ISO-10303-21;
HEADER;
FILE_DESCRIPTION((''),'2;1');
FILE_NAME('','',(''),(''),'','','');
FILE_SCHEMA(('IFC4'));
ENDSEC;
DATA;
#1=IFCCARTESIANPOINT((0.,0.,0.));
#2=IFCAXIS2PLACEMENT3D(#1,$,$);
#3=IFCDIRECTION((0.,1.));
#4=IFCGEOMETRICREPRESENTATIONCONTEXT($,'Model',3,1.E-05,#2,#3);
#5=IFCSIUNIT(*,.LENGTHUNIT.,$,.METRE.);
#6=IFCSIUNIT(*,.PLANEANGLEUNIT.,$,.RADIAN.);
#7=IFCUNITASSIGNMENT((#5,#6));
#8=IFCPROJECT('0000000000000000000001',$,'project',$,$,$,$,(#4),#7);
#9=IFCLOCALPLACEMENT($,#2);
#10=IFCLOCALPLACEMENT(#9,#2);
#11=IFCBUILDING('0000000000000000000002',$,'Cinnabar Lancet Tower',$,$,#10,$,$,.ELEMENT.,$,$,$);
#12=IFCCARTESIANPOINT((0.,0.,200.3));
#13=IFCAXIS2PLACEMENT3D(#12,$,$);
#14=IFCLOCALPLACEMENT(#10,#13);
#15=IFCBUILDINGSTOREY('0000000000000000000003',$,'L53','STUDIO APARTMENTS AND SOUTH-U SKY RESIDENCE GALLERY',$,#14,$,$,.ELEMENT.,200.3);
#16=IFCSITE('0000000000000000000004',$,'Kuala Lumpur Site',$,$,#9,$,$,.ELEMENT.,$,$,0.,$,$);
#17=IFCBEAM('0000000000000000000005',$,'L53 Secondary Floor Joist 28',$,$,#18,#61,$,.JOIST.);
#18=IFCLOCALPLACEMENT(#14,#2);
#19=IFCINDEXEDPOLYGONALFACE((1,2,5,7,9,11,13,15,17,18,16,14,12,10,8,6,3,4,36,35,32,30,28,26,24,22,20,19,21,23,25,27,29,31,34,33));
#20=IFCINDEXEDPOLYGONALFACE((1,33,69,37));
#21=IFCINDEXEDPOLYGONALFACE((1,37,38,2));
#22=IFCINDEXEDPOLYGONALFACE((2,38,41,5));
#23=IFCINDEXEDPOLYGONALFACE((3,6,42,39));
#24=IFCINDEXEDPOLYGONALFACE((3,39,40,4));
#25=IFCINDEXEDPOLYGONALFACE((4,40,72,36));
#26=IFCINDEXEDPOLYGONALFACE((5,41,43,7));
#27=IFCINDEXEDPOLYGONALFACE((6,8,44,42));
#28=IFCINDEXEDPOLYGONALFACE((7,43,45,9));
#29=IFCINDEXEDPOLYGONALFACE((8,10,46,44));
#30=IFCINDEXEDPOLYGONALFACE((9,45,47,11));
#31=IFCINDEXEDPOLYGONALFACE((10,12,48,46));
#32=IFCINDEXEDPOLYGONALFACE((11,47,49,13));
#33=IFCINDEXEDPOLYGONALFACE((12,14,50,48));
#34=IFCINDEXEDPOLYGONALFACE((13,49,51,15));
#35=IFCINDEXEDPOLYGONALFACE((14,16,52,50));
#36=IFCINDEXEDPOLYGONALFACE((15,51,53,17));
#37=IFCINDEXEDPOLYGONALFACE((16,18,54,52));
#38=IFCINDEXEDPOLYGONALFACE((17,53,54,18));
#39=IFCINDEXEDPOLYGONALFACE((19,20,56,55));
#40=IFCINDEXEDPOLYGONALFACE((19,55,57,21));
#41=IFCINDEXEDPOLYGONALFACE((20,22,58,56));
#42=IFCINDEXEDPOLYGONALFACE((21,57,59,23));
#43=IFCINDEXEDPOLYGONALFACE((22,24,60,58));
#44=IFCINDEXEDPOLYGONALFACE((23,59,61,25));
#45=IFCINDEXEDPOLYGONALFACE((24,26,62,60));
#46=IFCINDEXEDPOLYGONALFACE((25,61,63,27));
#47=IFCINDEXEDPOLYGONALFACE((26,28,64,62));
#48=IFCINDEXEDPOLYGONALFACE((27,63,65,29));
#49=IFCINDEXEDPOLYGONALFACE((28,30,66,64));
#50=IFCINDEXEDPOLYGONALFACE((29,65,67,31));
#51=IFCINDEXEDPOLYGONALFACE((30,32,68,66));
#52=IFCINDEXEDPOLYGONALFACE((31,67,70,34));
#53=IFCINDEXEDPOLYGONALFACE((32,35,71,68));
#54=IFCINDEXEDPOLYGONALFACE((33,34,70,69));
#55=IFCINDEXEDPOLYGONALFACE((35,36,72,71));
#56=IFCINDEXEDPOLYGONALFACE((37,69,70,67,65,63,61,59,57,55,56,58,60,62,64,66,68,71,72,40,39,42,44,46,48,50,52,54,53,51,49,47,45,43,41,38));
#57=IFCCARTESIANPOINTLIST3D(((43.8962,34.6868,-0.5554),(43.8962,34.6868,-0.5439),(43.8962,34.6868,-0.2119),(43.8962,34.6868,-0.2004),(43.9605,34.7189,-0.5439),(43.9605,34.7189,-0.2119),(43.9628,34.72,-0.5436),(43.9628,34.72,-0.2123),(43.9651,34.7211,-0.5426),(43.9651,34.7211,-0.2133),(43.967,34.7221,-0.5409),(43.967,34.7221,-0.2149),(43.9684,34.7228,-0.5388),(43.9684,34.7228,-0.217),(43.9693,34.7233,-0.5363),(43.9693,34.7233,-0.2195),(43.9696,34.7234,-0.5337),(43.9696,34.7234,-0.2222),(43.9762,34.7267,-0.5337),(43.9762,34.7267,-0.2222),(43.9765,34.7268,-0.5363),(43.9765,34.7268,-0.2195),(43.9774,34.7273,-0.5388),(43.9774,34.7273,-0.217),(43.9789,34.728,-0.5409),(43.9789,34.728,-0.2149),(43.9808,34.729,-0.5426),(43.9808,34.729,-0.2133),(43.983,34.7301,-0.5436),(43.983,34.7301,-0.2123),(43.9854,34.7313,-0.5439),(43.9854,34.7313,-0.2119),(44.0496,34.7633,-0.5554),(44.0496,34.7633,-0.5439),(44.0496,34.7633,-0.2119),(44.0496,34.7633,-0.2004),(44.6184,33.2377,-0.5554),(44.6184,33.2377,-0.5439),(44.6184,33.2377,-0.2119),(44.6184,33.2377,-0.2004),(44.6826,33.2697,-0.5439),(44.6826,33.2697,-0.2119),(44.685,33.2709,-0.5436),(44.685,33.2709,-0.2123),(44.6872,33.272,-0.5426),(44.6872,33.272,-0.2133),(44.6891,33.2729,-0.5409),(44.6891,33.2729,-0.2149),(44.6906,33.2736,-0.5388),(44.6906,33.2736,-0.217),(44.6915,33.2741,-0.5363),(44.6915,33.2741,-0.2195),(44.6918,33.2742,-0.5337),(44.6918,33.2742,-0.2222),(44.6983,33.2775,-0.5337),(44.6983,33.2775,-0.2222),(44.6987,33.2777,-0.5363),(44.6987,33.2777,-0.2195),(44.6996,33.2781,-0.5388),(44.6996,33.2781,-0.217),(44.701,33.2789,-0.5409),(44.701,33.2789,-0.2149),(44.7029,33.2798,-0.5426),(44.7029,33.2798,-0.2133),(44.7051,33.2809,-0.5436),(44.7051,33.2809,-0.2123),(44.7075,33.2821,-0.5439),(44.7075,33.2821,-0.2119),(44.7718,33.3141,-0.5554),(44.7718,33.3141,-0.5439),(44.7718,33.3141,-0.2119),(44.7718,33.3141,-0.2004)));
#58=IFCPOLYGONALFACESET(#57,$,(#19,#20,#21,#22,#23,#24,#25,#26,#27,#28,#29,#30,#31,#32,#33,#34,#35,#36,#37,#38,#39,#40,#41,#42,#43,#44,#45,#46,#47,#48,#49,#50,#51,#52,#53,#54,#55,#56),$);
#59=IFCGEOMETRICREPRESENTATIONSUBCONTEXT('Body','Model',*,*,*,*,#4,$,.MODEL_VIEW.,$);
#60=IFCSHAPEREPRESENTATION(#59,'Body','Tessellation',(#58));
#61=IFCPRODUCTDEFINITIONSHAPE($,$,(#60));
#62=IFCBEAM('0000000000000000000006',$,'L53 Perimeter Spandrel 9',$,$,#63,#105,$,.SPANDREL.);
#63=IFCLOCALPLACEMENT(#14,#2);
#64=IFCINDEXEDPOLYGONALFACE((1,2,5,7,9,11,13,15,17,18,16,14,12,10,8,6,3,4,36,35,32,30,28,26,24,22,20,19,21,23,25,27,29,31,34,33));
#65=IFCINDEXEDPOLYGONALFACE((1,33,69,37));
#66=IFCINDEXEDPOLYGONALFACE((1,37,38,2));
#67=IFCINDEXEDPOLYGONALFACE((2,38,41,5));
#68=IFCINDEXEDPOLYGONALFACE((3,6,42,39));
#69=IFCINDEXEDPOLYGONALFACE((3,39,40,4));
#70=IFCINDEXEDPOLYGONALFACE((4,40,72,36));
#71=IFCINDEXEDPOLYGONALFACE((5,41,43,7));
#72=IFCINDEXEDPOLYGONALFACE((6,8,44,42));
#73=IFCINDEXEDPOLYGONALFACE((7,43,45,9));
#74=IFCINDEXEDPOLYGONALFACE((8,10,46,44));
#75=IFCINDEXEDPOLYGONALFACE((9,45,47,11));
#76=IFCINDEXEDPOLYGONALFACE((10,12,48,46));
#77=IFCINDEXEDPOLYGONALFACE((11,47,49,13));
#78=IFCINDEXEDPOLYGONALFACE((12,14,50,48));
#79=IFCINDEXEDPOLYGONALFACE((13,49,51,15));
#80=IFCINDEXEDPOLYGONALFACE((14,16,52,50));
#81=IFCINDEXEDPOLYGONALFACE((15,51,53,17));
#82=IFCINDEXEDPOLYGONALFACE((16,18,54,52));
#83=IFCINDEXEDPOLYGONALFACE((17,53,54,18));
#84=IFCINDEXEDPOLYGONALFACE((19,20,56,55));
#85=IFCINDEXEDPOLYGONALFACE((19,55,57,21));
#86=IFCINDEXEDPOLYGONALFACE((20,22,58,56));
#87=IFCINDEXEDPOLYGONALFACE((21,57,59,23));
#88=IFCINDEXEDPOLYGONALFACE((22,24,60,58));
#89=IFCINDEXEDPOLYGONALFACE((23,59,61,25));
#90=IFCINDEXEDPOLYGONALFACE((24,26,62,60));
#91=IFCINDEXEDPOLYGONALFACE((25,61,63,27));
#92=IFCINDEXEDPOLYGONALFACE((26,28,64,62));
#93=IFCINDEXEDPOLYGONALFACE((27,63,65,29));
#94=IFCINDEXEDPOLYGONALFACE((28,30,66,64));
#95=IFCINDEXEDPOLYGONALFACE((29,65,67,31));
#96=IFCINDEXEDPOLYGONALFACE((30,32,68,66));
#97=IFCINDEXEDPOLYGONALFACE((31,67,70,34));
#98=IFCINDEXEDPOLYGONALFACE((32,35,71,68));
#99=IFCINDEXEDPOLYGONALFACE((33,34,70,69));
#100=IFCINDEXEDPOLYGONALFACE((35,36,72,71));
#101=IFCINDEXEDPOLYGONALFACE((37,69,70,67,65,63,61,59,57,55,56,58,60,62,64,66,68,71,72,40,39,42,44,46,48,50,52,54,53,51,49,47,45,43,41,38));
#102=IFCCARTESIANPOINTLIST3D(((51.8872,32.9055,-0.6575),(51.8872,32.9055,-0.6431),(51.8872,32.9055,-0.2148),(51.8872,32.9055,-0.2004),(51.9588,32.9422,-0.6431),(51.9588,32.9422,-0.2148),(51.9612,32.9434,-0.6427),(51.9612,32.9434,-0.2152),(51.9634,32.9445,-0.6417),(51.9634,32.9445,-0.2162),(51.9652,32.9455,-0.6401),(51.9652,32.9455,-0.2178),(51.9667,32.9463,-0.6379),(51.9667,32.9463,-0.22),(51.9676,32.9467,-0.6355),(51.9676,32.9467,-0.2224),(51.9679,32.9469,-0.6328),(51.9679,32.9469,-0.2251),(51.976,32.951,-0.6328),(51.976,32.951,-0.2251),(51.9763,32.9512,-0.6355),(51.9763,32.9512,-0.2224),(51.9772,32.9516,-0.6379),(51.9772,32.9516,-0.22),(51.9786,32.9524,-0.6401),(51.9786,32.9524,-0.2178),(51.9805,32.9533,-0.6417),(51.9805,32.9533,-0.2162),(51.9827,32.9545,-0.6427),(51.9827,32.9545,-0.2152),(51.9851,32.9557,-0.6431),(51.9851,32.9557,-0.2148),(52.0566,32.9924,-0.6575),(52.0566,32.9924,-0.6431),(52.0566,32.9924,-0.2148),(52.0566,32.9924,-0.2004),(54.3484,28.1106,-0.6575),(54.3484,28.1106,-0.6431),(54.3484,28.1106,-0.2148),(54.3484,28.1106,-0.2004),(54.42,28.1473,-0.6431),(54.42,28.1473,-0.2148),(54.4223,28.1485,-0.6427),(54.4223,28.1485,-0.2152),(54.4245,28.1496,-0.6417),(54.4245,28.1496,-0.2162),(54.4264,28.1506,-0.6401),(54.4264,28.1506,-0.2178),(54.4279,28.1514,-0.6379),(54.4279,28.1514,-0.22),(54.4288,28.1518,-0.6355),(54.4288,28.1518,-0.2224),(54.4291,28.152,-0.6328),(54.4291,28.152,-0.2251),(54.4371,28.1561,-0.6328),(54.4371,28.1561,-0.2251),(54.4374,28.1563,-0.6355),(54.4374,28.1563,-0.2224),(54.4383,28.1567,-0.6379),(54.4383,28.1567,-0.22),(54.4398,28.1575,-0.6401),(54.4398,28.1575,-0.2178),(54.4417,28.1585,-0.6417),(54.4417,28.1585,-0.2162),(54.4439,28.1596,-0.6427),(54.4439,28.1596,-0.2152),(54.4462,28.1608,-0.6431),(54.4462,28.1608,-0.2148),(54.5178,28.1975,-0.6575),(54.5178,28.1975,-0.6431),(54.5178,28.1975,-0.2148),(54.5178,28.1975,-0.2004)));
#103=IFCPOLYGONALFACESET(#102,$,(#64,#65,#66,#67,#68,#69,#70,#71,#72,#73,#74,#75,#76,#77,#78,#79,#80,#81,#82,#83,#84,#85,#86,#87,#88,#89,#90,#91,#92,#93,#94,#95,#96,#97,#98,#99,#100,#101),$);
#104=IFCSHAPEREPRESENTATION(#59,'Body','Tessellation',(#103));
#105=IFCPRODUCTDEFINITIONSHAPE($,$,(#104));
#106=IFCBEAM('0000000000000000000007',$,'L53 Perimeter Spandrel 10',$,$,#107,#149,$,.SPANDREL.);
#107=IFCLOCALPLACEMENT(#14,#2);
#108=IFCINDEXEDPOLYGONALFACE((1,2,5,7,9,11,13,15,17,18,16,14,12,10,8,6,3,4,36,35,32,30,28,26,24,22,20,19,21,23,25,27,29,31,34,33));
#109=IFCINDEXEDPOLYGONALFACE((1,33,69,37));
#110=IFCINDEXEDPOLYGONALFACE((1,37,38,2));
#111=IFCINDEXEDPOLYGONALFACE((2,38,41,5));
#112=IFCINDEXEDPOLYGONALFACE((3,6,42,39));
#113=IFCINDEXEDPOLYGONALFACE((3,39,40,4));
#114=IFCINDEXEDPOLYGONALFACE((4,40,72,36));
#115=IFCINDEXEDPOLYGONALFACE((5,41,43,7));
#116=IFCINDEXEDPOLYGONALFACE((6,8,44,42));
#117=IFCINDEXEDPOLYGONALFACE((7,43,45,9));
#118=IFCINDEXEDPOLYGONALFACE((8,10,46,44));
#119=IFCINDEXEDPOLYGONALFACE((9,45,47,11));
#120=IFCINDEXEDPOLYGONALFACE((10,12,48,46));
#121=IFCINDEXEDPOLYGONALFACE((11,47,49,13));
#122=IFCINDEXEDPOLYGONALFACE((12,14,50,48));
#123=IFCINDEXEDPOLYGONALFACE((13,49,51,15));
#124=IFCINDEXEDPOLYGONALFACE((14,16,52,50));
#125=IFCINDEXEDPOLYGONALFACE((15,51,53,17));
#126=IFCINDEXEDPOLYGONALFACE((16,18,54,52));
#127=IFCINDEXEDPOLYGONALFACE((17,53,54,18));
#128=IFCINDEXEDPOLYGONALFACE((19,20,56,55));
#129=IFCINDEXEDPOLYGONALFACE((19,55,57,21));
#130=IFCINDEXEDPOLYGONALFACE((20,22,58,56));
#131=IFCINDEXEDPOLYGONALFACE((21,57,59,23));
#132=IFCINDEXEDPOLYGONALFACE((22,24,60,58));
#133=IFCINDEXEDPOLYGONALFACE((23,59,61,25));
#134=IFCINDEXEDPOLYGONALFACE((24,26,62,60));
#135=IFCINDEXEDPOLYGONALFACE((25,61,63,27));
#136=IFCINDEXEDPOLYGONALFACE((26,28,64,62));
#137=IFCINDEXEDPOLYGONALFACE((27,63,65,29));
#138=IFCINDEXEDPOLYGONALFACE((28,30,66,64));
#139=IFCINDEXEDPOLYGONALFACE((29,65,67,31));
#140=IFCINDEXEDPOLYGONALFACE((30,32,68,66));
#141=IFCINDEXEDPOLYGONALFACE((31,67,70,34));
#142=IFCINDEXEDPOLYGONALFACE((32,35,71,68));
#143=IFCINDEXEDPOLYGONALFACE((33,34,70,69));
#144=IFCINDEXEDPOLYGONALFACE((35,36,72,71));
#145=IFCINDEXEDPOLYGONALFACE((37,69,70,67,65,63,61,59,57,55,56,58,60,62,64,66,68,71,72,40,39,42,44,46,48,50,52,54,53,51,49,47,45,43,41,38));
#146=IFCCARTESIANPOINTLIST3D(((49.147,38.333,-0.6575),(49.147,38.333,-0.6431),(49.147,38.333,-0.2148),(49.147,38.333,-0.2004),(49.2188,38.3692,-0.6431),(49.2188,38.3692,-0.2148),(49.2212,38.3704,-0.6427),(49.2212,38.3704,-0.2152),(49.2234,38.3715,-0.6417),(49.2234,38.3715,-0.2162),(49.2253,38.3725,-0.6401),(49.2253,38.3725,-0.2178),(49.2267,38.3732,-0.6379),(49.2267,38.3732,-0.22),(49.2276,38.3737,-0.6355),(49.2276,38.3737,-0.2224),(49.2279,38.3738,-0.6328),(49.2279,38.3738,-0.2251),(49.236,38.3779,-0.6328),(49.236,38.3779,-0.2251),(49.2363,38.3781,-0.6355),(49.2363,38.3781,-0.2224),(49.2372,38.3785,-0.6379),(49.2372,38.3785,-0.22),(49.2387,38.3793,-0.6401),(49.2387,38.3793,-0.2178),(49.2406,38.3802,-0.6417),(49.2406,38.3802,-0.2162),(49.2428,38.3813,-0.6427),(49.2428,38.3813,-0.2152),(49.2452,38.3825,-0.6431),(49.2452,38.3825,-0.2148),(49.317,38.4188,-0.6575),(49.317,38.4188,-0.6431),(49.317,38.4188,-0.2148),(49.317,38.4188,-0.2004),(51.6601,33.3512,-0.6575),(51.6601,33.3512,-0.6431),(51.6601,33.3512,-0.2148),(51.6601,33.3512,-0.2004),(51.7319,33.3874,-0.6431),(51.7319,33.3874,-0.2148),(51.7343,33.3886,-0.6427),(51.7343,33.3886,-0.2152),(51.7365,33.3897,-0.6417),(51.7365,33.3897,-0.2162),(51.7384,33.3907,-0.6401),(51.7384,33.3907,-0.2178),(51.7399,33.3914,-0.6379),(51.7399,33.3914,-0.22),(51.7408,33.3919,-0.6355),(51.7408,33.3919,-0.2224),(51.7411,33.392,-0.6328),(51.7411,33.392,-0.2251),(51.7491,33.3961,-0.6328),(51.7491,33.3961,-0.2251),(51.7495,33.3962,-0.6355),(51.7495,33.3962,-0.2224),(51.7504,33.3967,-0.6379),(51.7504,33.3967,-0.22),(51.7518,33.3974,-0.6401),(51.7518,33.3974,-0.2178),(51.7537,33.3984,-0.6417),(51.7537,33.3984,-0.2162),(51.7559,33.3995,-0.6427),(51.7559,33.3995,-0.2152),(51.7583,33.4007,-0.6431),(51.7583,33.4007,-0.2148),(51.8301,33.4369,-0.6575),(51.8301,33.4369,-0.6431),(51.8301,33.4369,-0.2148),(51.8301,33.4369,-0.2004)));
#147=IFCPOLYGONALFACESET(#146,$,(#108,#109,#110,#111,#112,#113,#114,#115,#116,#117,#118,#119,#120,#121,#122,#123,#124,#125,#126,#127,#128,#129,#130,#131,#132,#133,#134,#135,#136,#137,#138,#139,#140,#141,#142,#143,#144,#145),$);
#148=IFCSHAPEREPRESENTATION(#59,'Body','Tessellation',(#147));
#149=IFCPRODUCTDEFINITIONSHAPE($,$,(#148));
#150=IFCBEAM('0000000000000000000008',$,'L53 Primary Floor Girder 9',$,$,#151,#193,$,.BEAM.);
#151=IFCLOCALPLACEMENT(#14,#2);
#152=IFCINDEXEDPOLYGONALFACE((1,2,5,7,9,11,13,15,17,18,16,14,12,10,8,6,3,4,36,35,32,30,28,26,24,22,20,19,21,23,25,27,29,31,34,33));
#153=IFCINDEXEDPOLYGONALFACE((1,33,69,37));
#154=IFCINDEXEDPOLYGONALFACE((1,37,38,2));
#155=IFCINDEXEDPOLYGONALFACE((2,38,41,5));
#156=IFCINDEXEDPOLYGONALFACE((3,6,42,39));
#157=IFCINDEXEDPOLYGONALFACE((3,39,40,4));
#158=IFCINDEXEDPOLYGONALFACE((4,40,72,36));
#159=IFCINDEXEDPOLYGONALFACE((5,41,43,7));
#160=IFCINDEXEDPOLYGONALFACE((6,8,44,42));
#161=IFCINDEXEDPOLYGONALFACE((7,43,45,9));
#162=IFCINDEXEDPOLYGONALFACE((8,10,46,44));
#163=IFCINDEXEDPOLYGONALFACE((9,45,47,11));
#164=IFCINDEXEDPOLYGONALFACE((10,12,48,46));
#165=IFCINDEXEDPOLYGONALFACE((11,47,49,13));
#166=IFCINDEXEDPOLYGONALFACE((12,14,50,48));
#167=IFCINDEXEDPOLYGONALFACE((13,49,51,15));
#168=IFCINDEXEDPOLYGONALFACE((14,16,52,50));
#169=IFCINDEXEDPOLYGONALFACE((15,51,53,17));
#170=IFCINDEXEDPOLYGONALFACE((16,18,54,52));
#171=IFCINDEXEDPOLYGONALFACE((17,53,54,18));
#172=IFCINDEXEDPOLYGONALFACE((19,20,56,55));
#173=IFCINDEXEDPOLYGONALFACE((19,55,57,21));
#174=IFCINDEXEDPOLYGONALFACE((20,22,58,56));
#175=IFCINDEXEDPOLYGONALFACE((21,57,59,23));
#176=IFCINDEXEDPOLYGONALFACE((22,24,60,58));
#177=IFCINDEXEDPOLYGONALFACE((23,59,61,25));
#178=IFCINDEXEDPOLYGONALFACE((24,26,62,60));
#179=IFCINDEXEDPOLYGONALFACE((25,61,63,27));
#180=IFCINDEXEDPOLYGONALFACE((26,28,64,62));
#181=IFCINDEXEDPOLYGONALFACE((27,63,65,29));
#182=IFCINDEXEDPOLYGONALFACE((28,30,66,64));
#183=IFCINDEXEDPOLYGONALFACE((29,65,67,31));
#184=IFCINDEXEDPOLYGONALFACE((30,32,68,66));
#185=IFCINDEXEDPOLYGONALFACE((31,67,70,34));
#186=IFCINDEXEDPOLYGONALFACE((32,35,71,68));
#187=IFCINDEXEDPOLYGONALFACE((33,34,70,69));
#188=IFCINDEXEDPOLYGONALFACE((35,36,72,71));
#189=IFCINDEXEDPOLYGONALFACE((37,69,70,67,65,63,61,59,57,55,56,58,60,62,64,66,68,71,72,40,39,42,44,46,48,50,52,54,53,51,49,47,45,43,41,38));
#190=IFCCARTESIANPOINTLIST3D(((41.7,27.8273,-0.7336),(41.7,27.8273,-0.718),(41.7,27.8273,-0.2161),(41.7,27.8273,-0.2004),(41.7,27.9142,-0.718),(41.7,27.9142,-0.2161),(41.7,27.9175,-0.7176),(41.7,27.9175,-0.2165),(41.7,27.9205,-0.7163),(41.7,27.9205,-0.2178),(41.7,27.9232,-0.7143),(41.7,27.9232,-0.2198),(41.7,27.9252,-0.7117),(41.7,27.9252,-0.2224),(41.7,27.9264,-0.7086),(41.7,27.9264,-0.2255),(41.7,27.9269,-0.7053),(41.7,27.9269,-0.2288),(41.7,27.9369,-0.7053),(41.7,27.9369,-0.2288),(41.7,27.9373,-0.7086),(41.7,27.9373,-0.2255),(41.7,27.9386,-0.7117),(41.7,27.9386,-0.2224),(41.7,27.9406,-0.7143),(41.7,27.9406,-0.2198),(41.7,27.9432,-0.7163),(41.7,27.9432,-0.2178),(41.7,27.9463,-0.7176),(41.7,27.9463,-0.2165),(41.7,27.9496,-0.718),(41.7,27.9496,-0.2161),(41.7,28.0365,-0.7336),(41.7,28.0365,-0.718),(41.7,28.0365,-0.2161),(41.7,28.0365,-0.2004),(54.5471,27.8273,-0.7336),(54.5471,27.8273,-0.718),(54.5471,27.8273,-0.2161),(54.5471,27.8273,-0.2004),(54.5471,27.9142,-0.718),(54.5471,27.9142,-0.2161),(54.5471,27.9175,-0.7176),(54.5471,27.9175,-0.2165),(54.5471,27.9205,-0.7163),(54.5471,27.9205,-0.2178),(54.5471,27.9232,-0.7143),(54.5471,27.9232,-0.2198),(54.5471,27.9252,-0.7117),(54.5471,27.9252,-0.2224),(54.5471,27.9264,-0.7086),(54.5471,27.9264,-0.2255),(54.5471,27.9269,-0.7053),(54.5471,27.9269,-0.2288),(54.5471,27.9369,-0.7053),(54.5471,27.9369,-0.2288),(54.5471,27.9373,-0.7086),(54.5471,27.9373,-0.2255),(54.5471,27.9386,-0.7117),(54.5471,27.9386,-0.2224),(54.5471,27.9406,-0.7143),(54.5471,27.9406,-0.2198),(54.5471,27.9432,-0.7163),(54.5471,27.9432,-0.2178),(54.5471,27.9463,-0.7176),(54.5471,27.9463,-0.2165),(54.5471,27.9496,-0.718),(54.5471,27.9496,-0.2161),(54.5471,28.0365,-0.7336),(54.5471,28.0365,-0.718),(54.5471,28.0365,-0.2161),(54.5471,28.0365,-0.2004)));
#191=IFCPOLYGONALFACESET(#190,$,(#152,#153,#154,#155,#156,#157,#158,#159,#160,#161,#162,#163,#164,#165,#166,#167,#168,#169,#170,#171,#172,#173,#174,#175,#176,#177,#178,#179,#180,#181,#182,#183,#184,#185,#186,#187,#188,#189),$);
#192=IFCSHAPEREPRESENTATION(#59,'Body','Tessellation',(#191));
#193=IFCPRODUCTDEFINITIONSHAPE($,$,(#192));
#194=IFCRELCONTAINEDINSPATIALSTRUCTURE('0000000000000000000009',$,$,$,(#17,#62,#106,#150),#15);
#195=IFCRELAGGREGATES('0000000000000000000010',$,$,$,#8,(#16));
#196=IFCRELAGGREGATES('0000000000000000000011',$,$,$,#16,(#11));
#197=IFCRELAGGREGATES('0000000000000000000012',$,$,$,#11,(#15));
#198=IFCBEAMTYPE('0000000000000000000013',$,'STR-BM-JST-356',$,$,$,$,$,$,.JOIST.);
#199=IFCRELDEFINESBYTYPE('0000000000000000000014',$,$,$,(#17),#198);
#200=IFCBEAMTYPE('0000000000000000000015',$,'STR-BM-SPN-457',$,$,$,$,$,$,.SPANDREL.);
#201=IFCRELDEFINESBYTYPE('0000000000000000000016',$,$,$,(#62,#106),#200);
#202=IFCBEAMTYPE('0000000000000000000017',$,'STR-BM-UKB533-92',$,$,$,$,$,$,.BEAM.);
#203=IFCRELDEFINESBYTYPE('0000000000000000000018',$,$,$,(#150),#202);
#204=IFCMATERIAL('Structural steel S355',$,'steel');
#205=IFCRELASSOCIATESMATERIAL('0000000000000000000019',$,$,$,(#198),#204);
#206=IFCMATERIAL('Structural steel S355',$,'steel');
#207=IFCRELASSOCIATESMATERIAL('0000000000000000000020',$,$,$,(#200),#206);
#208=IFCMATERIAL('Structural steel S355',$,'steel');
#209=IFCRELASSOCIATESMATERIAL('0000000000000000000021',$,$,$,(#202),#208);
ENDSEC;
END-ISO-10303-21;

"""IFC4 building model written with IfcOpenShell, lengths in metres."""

from ifc_helpers import new_model, si_unit, direction, frame, origin, origin_2d, place, context, subcontext, project, spatial, i_section, extrude, material, material_profile, profile_set, type_object, element, save


model = new_model("IFC4")

# Units and contexts
model_context = context("Model", 3, precision=1e-05, world=origin(), true_north=direction((0.0, 1.0)))
body_context = subcontext(model_context, "Body", "Model", "MODEL_VIEW")
ifc_project = project(units=[si_unit("LENGTHUNIT", "METRE"), si_unit("PLANEANGLEUNIT", "RADIAN")], contexts=[model_context])

# Site, building, storey
site_placement = place(None, origin())
site = spatial("IfcSite", under=ifc_project, at=site_placement, Name="Kuala Lumpur Site", CompositionType="ELEMENT", RefElevation=0.0)
building_placement = place(site_placement, origin())
building = spatial("IfcBuilding", under=site, at=building_placement, Name="Cinnabar Lancet Tower", CompositionType="ELEMENT")
storey_placement = place(building_placement, frame((0.0, 0.0, 200.3)))
storey = spatial("IfcBuildingStorey", under=building, at=storey_placement, Name="L53", Description="STUDIO APARTMENTS AND SOUTH-U SKY RESIDENCE GALLERY", CompositionType="ELEMENT", Elevation=200.3)

# Beams
ifc_material_1 = material(Name="Structural steel S355", Category="steel")
ifc_material_profile_1 = material_profile(ifc_material_1, i_section(OverallWidth=0.1714, OverallDepth=0.355, WebThickness=0.0073, FlangeThickness=0.0115, FilletRadius=0.0103, at=origin_2d()), Name="UKB 356x171x51")
ifc_profile_set_1 = profile_set([ifc_material_profile_1], Name="Structural steel S355")
beam_type_1 = type_object("IfcBeamType", Name="STR-BM-JST-356", PredefinedType="JOIST", material=ifc_profile_set_1)
beam_1_placement = place(storey_placement, frame((44.6951, 33.2759, -0.3779), z_axis=(-0.446007, 0.895029, 0.0), x_axis=(-0.895029, -0.446007, 0.0)))
element("IfcBeam", 1, at=beam_1_placement, inside=storey, type_object=beam_type_1, Name="L53 Secondary Floor Joist 28", PredefinedType="JOIST", context=body_context, shape_type="SweptSolid", body=[
    extrude(i_section(OverallWidth=0.1714, OverallDepth=0.355, WebThickness=0.0073, FlangeThickness=0.0115, FilletRadius=0.0103, at=origin_2d()), origin(), (0.0, 0.0, 1.0), 1.6191),
])
ifc_material_2 = material(Name="Structural steel S355", Category="steel")
ifc_material_profile_2 = material_profile(ifc_material_2, i_section(OverallWidth=0.1904, OverallDepth=0.457, WebThickness=0.009, FlangeThickness=0.0144, FilletRadius=0.0103, at=origin_2d()), Name="UKB 457x191x74")
ifc_profile_set_2 = profile_set([ifc_material_profile_2], Name="Structural steel S355")
beam_type_2 = type_object("IfcBeamType", Name="STR-BM-SPN-457", PredefinedType="SPANDREL", material=ifc_profile_set_2)
beam_2_placement = place(storey_placement, frame((54.4331, 28.1541, -0.429), z_axis=(-0.456647, 0.889648, 0.0), x_axis=(-0.889648, -0.456647, 0.0)))
element("IfcBeam", 2, at=beam_2_placement, inside=storey, type_object=beam_type_2, Name="L53 Perimeter Spandrel 9", PredefinedType="SPANDREL", context=body_context, shape_type="SweptSolid", body=[
    extrude(i_section(OverallWidth=0.1904, OverallDepth=0.457, WebThickness=0.009, FlangeThickness=0.0144, FilletRadius=0.0103, at=origin_2d()), origin(), (0.0, 0.0, 1.0), 5.3896),
])
beam_3_placement = place(storey_placement, frame((51.7451, 33.394, -0.429), z_axis=(-0.450396, 0.892829, 0.0), x_axis=(-0.892829, -0.450396, 0.0)))
element("IfcBeam", 3, at=beam_3_placement, inside=storey, type_object=beam_type_2, Name="L53 Perimeter Spandrel 10", PredefinedType="SPANDREL", context=body_context, shape_type="SweptSolid", body=[
    extrude(i_section(OverallWidth=0.1904, OverallDepth=0.457, WebThickness=0.009, FlangeThickness=0.0144, FilletRadius=0.0103, at=origin_2d()), origin(), (0.0, 0.0, 1.0), 5.5798),
])
ifc_material_3 = material(Name="Structural steel S355", Category="steel")
ifc_material_profile_3 = material_profile(ifc_material_3, i_section(OverallWidth=0.2092, OverallDepth=0.5332, WebThickness=0.01, FlangeThickness=0.0156, FilletRadius=0.0127, at=origin_2d()), Name="UKB 533x210x92")
ifc_profile_set_3 = profile_set([ifc_material_profile_3], Name="Structural steel S355")
beam_type_3 = type_object("IfcBeamType", Name="STR-BM-UKB533-92", PredefinedType="BEAM", material=ifc_profile_set_3)
beam_4_placement = place(storey_placement, frame((54.5471, 27.9319, -0.467), z_axis=(-1.0, 0.0, 0.0), x_axis=(0.0, -1.0, 0.0)))
element("IfcBeam", 4, at=beam_4_placement, inside=storey, type_object=beam_type_3, Name="L53 Primary Floor Girder 9", PredefinedType="BEAM", context=body_context, shape_type="SweptSolid", body=[
    extrude(i_section(OverallWidth=0.2092, OverallDepth=0.5332, WebThickness=0.01, FlangeThickness=0.0156, FilletRadius=0.0127, at=origin_2d()), origin(), (0.0, 0.0, 1.0), 12.8472),
])

save(model, "model.ifc")
